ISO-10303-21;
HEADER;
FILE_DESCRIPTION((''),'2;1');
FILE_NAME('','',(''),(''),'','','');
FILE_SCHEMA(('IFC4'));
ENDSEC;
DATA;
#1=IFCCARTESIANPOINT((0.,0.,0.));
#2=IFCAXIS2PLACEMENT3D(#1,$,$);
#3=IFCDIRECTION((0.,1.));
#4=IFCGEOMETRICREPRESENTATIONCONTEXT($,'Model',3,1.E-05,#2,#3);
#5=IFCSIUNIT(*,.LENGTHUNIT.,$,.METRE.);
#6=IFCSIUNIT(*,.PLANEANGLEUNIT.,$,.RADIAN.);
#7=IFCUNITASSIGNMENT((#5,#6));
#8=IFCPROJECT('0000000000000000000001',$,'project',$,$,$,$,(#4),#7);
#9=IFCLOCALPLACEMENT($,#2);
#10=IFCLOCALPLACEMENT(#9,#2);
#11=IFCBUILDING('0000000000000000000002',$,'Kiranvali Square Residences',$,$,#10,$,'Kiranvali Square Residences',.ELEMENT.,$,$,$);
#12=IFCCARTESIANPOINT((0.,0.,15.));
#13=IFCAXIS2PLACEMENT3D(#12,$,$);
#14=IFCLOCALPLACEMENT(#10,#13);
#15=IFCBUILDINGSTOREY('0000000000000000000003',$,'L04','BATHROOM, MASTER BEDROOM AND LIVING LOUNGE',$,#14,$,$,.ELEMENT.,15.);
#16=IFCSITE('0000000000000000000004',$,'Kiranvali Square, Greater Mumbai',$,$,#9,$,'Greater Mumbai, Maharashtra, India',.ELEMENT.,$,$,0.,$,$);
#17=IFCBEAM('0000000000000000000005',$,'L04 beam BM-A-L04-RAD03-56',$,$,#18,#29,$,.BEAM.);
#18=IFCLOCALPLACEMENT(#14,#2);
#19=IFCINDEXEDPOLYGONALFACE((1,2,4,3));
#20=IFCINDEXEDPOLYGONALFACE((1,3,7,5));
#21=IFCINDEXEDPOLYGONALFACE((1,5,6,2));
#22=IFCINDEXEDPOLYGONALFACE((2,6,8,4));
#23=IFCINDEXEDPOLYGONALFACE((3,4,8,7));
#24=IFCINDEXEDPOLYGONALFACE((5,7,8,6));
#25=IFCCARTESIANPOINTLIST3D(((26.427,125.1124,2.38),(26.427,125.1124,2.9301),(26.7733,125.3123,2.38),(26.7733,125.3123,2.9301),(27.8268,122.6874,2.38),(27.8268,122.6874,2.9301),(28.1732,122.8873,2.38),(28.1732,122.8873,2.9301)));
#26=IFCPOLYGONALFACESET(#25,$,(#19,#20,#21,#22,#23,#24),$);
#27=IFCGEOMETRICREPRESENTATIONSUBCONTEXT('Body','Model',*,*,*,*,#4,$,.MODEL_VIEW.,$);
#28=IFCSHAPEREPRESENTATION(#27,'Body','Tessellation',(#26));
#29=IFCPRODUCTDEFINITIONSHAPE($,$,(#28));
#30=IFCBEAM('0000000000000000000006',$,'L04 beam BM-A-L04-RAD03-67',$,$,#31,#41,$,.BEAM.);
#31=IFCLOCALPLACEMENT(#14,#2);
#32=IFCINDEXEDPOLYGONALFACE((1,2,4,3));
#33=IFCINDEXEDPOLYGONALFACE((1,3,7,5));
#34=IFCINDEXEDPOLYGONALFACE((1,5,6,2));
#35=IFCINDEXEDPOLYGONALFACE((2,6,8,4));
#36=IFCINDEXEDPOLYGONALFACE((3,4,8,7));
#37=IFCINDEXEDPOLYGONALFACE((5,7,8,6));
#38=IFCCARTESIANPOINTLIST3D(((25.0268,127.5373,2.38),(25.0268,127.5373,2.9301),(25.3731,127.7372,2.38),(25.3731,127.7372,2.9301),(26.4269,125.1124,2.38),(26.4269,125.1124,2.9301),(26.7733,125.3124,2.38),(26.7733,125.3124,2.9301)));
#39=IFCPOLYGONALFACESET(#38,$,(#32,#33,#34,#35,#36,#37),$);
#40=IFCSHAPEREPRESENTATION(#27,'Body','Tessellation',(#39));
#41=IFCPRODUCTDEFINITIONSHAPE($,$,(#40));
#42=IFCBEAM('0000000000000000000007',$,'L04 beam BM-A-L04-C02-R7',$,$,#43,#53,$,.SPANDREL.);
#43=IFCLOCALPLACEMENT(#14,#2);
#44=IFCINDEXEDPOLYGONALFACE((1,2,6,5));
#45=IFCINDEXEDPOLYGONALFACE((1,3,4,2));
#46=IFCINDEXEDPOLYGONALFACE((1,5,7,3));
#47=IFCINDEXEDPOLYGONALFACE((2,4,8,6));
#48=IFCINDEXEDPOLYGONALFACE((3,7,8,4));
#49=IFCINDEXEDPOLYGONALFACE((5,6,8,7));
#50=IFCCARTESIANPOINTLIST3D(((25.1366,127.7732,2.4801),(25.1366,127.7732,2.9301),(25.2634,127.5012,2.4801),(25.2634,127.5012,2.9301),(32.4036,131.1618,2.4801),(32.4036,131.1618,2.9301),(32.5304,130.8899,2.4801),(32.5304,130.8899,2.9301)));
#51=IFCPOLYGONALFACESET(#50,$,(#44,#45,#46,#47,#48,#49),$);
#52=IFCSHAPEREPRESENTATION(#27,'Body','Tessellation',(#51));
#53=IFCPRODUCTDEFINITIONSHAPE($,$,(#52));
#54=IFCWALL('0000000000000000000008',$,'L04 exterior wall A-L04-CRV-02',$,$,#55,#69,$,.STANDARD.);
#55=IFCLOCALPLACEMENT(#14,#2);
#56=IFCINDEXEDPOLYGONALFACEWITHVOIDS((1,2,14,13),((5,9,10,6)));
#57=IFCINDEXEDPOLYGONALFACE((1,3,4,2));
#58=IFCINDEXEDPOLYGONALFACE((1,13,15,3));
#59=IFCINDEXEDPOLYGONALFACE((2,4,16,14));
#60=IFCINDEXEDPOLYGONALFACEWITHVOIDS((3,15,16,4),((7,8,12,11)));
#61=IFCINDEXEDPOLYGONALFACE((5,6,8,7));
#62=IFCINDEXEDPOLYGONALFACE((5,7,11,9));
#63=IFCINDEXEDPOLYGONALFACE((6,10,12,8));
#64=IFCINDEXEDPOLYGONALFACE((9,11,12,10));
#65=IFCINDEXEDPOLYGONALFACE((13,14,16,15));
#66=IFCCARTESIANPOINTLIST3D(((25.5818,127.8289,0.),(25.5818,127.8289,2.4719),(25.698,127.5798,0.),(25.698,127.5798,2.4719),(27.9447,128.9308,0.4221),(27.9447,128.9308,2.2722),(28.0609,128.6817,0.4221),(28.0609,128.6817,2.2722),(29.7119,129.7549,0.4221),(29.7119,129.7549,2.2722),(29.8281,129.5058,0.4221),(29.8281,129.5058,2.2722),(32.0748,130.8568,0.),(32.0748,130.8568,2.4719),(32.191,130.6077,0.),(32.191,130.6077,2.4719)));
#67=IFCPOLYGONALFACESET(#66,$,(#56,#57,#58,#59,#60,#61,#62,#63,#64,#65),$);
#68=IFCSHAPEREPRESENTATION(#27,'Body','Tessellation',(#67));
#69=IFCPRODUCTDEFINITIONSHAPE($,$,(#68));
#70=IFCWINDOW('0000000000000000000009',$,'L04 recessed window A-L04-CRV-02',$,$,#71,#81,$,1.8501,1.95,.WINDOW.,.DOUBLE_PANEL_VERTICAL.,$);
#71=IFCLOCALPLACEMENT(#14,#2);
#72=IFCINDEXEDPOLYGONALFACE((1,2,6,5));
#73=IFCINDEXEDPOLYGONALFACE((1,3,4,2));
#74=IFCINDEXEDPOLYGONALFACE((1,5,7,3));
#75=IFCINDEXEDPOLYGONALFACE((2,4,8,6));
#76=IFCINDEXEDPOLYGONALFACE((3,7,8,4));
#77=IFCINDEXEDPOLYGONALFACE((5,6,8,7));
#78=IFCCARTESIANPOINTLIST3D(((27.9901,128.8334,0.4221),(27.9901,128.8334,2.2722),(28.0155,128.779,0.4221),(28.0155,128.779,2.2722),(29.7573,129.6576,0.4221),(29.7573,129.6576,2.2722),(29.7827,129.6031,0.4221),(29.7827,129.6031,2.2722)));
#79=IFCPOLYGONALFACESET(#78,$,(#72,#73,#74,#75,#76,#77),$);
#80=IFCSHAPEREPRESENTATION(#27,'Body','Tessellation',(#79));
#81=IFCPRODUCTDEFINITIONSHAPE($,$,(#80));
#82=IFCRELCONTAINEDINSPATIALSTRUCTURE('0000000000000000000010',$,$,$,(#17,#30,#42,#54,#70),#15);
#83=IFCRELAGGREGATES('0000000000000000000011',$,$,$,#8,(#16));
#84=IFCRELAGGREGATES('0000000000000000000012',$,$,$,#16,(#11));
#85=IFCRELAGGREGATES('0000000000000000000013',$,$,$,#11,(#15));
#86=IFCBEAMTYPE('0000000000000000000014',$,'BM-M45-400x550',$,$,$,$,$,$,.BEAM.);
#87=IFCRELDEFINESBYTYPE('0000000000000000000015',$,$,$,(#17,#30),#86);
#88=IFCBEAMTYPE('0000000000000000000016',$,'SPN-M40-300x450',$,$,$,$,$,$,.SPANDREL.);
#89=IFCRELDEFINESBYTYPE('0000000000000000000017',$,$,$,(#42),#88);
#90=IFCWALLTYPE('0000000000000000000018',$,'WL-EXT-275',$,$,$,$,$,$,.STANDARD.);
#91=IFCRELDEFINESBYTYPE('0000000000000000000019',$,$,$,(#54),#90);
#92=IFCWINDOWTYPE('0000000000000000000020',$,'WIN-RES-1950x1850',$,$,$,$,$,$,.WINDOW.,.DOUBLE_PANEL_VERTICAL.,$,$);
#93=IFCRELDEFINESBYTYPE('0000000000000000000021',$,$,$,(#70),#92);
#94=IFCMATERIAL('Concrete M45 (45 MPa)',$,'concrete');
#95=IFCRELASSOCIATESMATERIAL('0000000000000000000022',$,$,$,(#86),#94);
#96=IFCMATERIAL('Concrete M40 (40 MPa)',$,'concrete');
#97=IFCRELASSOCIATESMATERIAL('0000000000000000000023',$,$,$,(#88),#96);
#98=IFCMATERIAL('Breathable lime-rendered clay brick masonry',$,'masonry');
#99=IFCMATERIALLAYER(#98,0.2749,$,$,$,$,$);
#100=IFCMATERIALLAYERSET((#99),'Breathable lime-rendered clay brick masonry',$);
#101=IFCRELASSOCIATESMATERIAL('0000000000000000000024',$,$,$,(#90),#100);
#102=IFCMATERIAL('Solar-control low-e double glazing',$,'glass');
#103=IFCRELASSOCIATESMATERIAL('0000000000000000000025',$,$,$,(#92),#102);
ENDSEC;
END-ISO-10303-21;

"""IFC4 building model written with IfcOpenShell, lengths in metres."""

from ifc_helpers import new_model, si_unit, direction, frame, frame_2d, origin, origin_2d, place, context, subcontext, project, spatial, rectangle, extrude, material, layer, layer_set, material_profile, profile_set, type_object, element, fill, save


model = new_model("IFC4")

# Units and contexts
model_context = context("Model", 3, precision=1e-05, world=origin(), true_north=direction((0.0, 1.0)))
body_context = subcontext(model_context, "Body", "Model", "MODEL_VIEW")
ifc_project = project(units=[si_unit("LENGTHUNIT", "METRE"), si_unit("PLANEANGLEUNIT", "RADIAN")], contexts=[model_context])

# Site, building, storey
site_placement = place(None, origin())
site = spatial("IfcSite", under=ifc_project, at=site_placement, Name="Kiranvali Square, Greater Mumbai", LongName="Greater Mumbai, Maharashtra, India", CompositionType="ELEMENT", RefElevation=0.0)
building_placement = place(site_placement, origin())
building = spatial("IfcBuilding", under=site, at=building_placement, Name="Kiranvali Square Residences", LongName="Kiranvali Square Residences", CompositionType="ELEMENT")
storey_placement = place(building_placement, frame((0.0, 0.0, 15.0)))
storey = spatial("IfcBuildingStorey", under=building, at=storey_placement, Name="L04", Description="BATHROOM, MASTER BEDROOM AND LIVING LOUNGE", CompositionType="ELEMENT", Elevation=15.0)

# Beams
ifc_material_1 = material(Name="Concrete M45 (45 MPa)", Category="concrete")
ifc_material_profile_1 = material_profile(ifc_material_1, rectangle(XDim=0.3999, YDim=0.55, at=origin_2d()), Name="RC 400x550")
ifc_profile_set_1 = profile_set([ifc_material_profile_1], Name="Concrete M45 (45 MPa)")
beam_type_1 = type_object("IfcBeamType", Name="BM-M45-400x550", PredefinedType="BEAM", material=ifc_profile_set_1)
for number, where, z_axis, x_axis, name in (
    (1, (28.0, 122.7874, 2.655), (-0.499946, 0.866056, 0.0), (-0.866056, -0.499946, 0.0), "L04 beam BM-A-L04-RAD03-56"),
    (2, (26.6001, 125.2124, 2.655), (-0.50005, 0.865997, 0.0), (-0.865997, -0.50005, 0.0), "L04 beam BM-A-L04-RAD03-67"),
):
    element("IfcBeam", number, at=place(storey_placement, frame(where, z_axis=z_axis, x_axis=x_axis)), inside=storey, type_object=beam_type_1, Name=name, PredefinedType="BEAM", context=body_context, shape_type="SweptSolid", body=[
        extrude(rectangle(XDim=0.3999, YDim=0.55, at=origin_2d()), origin(), (0.0, 0.0, 1.0), 2.8),
    ])
ifc_material_2 = material(Name="Concrete M40 (40 MPa)", Category="concrete")
ifc_material_profile_2 = material_profile(ifc_material_2, rectangle(XDim=0.3, YDim=0.45, at=origin_2d()), Name="RC 300x450")
ifc_profile_set_2 = profile_set([ifc_material_profile_2], Name="Concrete M40 (40 MPa)")
beam_type_2 = type_object("IfcBeamType", Name="SPN-M40-300x450", PredefinedType="SPANDREL", material=ifc_profile_set_2)
beam_1_placement = place(storey_placement, frame((32.467, 131.0259, 2.7051), z_axis=(-0.906309, -0.422615, 0.0), x_axis=(0.422615, -0.906309, 0.0)))
element("IfcBeam", 3, at=beam_1_placement, inside=storey, type_object=beam_type_2, Name="L04 beam BM-A-L04-C02-R7", PredefinedType="SPANDREL", context=body_context, shape_type="SweptSolid", body=[
    extrude(rectangle(XDim=0.3, YDim=0.45, at=origin_2d()), origin(), (0.0, 0.0, 1.0), 8.0183),
])

# Wall, opening, window
ifc_material_3 = material(Name="Breathable lime-rendered clay brick masonry", Category="masonry")
ifc_layer = layer(ifc_material_3, 0.2749)
ifc_layer_set = layer_set([ifc_layer], Name="Breathable lime-rendered clay brick masonry")
wall_type = type_object("IfcWallType", Name="WL-EXT-275", PredefinedType="STANDARD", material=ifc_layer_set)
wall_placement = place(storey_placement, frame((32.1328, 130.7322, 0.0), z_axis=(0.0, 0.0, 1.0), x_axis=(-0.906301, -0.422634, 0.0)))
wall = element("IfcWall", 4, at=wall_placement, inside=storey, type_object=wall_type, Name="L04 exterior wall A-L04-CRV-02", PredefinedType="STANDARD", context=body_context, shape_type="SweptSolid", body=[
    extrude(rectangle(XDim=7.1643, YDim=0.2749, at=frame_2d((3.582, 0.0))), origin(), (0.0, 0.0, 1.0), 2.4719),
])
opening_placement = place(wall_placement, frame((2.6069, 0.0, 0.4221)))
opening = element("IfcOpeningElement", 5, at=opening_placement, cuts=wall, PredefinedType="OPENING", context=body_context, shape_type="SweptSolid", body=[
    extrude(rectangle(XDim=1.95, YDim=1.8501, at=frame_2d((0.9751, 0.925))), frame((0.0, 0.1475, 0.0), z_axis=(0.0, -1.0, 0.0), x_axis=(1.0, 0.0, 0.0)), (0.0, 0.0, 1.0), 0.2949),
])
ifc_material_4 = material(Name="Solar-control low-e double glazing", Category="glass")
window_type = type_object("IfcWindowType", Name="WIN-RES-1950x1850", PartitioningType="DOUBLE_PANEL_VERTICAL", PredefinedType="WINDOW", material=ifc_material_4)
window_placement = place(opening_placement, origin())
window = element("IfcWindow", 6, at=window_placement, inside=storey, type_object=window_type, Name="L04 recessed window A-L04-CRV-02", OverallHeight=1.8501, OverallWidth=1.95, PartitioningType="DOUBLE_PANEL_VERTICAL", PredefinedType="WINDOW", context=body_context, shape_type="SweptSolid", body=[
    extrude(rectangle(XDim=1.95, YDim=1.8501, at=frame_2d((0.9751, 0.925))), frame((0.0, 0.03, 0.0), z_axis=(0.0, -1.0, 0.0), x_axis=(1.0, 0.0, 0.0)), (0.0, 0.0, 1.0), 0.0601),
])
fill(opening, window)

save(model, "model.ifc")
